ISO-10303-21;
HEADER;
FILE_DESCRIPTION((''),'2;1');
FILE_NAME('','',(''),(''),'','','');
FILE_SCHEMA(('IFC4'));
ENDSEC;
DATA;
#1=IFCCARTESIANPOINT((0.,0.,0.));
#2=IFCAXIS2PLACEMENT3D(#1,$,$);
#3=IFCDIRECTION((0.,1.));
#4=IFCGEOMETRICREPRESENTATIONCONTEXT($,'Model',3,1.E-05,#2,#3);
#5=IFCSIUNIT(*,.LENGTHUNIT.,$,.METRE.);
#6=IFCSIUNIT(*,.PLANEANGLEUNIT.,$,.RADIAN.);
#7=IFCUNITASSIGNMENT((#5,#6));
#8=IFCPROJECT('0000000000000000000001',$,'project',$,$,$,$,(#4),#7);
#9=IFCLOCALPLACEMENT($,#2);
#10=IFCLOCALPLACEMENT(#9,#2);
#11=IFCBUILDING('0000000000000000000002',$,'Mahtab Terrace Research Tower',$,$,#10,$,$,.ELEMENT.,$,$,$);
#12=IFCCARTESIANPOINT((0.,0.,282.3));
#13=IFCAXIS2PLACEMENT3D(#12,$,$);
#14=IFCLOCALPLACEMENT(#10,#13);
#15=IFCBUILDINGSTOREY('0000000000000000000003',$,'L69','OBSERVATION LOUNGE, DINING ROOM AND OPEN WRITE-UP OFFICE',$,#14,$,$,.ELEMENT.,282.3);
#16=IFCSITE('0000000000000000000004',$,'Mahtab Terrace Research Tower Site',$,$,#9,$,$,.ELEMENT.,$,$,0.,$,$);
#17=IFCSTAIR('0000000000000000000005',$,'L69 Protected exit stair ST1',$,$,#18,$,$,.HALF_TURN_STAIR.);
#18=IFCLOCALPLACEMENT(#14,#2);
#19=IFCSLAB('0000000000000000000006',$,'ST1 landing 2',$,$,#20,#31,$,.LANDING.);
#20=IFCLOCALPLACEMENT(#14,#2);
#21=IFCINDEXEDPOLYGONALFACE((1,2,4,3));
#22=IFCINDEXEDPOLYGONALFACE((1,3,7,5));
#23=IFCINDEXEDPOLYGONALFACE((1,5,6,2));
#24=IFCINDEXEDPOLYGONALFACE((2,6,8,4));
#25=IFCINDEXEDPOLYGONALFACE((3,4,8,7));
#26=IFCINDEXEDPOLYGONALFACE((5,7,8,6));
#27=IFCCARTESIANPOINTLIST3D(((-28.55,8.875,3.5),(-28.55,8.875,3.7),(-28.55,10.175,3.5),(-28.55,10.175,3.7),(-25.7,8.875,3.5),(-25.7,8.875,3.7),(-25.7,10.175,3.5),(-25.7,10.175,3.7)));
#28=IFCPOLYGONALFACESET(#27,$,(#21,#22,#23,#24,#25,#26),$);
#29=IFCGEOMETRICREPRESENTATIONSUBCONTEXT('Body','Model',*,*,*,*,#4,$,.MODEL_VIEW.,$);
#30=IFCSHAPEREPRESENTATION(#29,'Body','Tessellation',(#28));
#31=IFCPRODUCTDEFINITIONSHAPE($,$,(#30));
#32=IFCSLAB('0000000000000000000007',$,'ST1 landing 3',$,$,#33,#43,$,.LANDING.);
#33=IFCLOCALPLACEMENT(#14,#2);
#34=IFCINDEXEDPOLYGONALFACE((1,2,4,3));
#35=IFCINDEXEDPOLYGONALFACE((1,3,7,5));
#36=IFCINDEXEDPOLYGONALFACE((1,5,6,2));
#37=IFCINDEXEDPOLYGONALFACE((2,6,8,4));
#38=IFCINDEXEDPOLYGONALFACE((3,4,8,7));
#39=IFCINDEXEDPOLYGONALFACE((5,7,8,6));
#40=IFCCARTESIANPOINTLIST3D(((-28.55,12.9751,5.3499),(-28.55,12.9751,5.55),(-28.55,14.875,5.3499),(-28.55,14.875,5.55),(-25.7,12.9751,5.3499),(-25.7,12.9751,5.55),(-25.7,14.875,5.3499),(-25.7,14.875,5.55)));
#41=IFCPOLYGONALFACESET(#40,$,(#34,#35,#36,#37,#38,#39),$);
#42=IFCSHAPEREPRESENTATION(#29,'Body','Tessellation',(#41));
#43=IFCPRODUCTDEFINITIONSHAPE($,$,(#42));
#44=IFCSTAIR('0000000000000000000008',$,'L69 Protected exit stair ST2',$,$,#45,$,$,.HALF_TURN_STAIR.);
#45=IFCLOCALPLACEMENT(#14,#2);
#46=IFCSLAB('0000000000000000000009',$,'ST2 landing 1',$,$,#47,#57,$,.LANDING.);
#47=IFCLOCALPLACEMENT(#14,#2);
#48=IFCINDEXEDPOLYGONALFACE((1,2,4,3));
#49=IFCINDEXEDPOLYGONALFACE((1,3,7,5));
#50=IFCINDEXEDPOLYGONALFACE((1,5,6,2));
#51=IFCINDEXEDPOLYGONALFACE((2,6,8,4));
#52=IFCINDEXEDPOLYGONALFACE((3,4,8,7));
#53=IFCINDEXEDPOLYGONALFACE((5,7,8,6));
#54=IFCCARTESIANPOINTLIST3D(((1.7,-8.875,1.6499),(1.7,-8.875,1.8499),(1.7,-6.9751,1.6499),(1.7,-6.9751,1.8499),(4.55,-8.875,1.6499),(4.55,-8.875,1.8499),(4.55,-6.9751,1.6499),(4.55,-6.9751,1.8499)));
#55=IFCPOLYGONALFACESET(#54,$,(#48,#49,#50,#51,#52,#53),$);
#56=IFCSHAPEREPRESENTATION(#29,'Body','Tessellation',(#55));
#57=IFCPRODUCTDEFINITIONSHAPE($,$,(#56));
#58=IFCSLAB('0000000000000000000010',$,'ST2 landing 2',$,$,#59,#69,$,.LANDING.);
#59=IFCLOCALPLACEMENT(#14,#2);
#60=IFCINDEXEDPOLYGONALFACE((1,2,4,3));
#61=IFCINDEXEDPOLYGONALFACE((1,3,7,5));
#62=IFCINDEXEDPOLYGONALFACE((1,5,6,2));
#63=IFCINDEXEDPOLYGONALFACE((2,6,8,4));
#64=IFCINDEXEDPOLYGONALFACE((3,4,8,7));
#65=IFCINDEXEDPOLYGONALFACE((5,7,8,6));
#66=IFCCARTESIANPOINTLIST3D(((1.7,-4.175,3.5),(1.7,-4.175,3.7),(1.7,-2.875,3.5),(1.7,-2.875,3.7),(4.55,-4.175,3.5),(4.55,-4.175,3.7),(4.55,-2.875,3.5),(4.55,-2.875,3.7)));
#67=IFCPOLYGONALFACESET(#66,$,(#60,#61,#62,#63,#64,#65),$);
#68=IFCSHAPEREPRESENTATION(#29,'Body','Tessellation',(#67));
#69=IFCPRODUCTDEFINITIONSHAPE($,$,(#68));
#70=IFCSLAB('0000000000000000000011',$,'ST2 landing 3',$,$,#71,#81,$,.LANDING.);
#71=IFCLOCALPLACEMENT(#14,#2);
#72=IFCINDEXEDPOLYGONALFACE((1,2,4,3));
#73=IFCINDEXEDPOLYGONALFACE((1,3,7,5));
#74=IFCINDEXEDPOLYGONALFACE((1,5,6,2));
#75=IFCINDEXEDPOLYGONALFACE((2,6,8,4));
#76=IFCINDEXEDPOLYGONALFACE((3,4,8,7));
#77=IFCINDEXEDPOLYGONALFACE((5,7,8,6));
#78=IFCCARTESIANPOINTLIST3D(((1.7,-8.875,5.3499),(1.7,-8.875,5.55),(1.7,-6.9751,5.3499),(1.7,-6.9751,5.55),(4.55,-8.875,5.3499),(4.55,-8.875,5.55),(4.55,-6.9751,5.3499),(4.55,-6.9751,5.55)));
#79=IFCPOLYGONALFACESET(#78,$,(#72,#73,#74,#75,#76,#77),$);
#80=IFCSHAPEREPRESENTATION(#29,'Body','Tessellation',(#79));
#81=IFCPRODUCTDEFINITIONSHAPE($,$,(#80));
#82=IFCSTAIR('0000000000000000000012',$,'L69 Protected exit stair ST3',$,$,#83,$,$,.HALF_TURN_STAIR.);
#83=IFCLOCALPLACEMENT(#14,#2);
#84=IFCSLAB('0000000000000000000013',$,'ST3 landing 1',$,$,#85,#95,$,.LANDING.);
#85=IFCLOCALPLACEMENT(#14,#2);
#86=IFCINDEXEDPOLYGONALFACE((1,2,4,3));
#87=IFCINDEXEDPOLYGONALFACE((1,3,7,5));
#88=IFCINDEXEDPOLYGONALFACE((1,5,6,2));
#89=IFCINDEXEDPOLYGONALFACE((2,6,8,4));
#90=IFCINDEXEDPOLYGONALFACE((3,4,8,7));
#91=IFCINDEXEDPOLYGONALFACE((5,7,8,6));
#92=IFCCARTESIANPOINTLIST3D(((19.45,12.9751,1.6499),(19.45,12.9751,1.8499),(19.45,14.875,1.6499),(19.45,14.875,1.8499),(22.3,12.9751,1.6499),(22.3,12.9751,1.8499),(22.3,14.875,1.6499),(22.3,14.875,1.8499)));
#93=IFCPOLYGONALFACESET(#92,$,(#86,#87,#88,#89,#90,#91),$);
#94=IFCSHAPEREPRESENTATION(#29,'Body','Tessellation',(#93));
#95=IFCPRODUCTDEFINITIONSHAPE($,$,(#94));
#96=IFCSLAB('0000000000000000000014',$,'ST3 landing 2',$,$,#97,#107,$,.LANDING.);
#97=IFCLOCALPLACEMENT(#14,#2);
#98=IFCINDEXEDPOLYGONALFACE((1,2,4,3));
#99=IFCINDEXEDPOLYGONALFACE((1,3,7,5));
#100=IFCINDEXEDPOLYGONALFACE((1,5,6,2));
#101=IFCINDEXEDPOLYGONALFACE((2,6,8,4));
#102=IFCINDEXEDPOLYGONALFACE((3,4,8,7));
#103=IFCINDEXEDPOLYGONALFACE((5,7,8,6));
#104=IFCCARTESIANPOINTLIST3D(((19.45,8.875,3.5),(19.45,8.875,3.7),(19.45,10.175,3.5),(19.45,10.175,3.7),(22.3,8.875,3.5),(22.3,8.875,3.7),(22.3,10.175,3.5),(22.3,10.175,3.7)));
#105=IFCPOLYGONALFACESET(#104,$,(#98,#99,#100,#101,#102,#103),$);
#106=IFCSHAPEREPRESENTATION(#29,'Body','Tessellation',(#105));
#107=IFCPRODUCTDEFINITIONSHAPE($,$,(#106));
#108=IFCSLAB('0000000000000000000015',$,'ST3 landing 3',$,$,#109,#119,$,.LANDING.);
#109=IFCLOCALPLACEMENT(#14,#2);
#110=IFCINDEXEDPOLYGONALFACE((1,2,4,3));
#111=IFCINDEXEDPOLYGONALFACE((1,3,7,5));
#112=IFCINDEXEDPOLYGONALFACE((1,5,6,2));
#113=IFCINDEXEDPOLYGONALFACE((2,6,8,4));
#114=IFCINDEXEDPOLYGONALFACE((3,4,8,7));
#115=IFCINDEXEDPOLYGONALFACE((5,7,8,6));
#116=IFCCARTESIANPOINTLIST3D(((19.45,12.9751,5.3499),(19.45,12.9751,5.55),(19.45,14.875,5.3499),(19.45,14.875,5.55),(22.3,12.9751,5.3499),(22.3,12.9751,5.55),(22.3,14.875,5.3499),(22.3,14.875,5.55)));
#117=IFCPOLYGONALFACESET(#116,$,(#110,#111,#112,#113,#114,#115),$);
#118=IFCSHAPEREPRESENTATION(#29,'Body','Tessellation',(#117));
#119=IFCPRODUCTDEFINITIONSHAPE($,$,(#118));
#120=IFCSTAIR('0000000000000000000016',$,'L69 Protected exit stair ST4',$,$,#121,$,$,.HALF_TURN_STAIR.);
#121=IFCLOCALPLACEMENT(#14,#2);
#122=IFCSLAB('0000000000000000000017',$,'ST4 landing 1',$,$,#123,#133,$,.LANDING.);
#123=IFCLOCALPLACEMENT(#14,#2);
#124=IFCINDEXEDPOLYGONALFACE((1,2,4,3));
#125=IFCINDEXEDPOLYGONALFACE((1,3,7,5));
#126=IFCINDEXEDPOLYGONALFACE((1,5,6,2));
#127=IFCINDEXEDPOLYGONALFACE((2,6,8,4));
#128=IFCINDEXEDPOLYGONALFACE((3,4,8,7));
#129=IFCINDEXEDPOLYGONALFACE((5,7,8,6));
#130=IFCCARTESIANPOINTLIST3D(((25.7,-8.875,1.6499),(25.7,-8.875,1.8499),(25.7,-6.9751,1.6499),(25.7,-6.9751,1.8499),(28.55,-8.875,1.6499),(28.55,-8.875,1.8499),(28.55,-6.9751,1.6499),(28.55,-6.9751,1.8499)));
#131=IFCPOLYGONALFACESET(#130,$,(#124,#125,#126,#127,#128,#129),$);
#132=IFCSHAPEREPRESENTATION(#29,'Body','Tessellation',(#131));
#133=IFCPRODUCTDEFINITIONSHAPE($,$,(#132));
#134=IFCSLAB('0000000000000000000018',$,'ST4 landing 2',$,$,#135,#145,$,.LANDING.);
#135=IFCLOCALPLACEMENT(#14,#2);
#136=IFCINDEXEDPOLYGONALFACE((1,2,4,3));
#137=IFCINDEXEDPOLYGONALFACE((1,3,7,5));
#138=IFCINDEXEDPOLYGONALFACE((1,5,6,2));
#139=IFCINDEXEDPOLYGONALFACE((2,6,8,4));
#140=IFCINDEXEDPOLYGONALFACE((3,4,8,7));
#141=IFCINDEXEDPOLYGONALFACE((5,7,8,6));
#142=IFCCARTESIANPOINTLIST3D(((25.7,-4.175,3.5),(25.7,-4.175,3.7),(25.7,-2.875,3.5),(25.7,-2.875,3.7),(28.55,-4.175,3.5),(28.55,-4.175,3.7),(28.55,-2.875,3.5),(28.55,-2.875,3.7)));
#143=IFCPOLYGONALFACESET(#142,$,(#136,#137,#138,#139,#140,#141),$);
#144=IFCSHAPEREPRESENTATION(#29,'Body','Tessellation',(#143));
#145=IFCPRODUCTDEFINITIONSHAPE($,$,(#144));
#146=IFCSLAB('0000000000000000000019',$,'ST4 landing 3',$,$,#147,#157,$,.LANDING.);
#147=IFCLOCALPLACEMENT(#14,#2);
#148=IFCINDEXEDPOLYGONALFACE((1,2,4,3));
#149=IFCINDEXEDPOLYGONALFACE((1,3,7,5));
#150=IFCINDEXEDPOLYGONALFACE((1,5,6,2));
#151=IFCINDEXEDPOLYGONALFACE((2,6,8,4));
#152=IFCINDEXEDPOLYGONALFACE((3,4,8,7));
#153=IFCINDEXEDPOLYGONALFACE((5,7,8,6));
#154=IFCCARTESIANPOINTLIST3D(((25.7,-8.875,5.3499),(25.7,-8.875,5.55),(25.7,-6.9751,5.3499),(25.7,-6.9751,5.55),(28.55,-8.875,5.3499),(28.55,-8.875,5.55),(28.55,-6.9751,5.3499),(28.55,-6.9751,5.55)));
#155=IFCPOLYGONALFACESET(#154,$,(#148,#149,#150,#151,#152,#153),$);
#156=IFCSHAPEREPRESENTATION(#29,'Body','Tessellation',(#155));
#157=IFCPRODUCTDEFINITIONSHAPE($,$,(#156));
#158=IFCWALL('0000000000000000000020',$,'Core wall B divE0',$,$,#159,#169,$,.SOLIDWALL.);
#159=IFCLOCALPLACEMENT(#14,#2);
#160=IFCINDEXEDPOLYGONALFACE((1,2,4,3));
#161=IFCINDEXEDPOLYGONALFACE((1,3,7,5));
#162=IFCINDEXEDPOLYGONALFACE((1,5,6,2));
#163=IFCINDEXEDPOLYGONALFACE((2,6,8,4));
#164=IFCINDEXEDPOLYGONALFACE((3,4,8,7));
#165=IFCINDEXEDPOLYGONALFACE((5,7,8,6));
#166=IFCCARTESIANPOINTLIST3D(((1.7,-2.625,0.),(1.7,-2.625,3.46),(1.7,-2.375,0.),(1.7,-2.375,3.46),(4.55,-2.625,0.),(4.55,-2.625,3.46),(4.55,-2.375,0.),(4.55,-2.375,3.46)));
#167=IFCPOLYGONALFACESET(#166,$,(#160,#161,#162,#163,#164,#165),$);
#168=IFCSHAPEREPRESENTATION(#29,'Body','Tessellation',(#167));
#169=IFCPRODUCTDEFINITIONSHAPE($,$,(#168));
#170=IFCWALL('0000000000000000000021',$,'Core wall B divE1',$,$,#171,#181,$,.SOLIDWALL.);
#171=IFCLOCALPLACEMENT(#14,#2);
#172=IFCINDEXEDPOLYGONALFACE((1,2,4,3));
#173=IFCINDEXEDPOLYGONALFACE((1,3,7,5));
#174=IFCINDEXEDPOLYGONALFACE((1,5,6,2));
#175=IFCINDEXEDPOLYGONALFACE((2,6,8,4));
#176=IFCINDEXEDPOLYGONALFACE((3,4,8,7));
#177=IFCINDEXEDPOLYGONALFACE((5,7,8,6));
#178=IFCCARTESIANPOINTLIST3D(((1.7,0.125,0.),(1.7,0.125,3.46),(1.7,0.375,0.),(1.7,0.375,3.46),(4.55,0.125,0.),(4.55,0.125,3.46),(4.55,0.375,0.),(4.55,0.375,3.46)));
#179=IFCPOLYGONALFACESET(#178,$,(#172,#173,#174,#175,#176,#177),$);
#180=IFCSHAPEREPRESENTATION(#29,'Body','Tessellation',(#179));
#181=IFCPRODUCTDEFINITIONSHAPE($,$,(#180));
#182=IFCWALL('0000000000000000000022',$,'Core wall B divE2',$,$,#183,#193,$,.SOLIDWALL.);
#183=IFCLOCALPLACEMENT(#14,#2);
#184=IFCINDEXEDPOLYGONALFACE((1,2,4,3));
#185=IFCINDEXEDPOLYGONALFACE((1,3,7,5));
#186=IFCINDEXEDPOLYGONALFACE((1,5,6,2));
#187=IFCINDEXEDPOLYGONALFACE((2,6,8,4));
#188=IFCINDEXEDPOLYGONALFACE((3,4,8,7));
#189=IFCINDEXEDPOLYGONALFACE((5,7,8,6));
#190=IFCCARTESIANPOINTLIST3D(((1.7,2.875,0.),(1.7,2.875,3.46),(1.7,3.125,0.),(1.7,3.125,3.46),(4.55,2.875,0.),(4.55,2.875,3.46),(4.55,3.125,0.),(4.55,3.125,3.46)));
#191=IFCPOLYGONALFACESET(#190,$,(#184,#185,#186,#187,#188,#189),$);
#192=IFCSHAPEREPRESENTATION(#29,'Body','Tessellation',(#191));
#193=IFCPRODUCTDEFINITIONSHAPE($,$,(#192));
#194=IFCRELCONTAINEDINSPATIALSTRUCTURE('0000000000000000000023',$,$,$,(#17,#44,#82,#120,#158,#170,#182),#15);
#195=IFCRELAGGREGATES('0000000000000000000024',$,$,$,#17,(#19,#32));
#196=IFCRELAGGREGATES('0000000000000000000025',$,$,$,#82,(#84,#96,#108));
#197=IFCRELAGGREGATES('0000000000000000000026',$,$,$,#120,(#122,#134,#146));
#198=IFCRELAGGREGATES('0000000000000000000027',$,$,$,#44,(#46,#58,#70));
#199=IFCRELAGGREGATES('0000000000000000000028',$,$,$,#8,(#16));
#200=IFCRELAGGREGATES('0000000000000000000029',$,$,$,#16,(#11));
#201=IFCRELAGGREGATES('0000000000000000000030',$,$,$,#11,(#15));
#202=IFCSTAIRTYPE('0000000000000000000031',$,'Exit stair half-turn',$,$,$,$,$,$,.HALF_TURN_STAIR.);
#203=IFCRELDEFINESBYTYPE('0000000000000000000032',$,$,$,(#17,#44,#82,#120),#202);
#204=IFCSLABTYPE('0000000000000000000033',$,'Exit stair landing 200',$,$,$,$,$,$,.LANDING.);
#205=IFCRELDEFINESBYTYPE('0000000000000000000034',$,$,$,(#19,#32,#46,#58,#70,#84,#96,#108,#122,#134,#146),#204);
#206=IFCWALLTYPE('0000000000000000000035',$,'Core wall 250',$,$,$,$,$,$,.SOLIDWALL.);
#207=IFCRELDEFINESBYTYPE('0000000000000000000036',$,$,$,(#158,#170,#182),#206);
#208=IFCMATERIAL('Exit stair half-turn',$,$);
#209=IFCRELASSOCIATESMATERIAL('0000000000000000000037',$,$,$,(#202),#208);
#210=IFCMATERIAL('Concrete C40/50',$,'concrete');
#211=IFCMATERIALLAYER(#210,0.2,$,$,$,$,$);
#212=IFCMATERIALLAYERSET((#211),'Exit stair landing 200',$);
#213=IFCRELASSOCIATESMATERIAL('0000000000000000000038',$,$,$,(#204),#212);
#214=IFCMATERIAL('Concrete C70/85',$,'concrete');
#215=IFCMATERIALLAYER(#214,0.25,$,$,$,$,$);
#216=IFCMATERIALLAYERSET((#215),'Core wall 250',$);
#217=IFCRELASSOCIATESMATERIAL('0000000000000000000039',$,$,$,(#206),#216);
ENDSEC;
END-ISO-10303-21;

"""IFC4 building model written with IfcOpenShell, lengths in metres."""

from ifc_helpers import new_model, si_unit, direction, frame, frame_2d, origin, place, context, subcontext, project, spatial, polyline, rectangle, outline, extrude, material, layer, layer_set, type_object, element, aggregate, save


model = new_model("IFC4")

# Units and contexts
model_context = context("Model", 3, precision=1e-05, world=origin(), true_north=direction((0.0, 1.0)))
body_context = subcontext(model_context, "Body", "Model", "MODEL_VIEW")
ifc_project = project(units=[si_unit("LENGTHUNIT", "METRE"), si_unit("PLANEANGLEUNIT", "RADIAN")], contexts=[model_context])

# Site, building, storey
site_placement = place(None, origin())
site = spatial("IfcSite", under=ifc_project, at=site_placement, Name="Mahtab Terrace Research Tower Site", CompositionType="ELEMENT", RefElevation=0.0)
building_placement = place(site_placement, origin())
building = spatial("IfcBuilding", under=site, at=building_placement, Name="Mahtab Terrace Research Tower", CompositionType="ELEMENT")
storey_placement = place(building_placement, frame((0.0, 0.0, 282.3)))
storey = spatial("IfcBuildingStorey", under=building, at=storey_placement, Name="L69", Description="OBSERVATION LOUNGE, DINING ROOM AND OPEN WRITE-UP OFFICE", CompositionType="ELEMENT", Elevation=282.3)

# Stairs, slabs
ifc_material_1 = material(Name="Exit stair half-turn")
stair_type = type_object("IfcStairType", Name="Exit stair half-turn", PredefinedType="HALF_TURN_STAIR", material=ifc_material_1)
stair_1_placement = place(storey_placement, origin())
stair_1 = element("IfcStair", 1, at=stair_1_placement, inside=storey, type_object=stair_type, Name="L69 Protected exit stair ST1", PredefinedType="HALF_TURN_STAIR")
ifc_material_2 = material(Name="Concrete C40/50", Category="concrete")
ifc_layer_1 = layer(ifc_material_2, 0.2)
ifc_layer_set_1 = layer_set([ifc_layer_1], Name="Exit stair landing 200")
slab_type = type_object("IfcSlabType", Name="Exit stair landing 200", PredefinedType="LANDING", material=ifc_layer_set_1)
slab_1_placement = place(storey_placement, frame((0.0, 0.0, 3.5)))
slab_1 = element("IfcSlab", 2, at=slab_1_placement, type_object=slab_type, Name="ST1 landing 2", PredefinedType="LANDING", context=body_context, shape_type="SweptSolid", body=[
    extrude(outline(polyline([(-25.7, 8.875), (-25.7, 10.175), (-28.55, 10.175), (-28.55, 8.875), (-25.7, 8.875)])), origin(), (0.0, 0.0, 1.0), 0.2),
])
slab_2_placement = place(storey_placement, frame((0.0, 0.0, 5.3499)))
slab_2 = element("IfcSlab", 3, at=slab_2_placement, type_object=slab_type, Name="ST1 landing 3", PredefinedType="LANDING", context=body_context, shape_type="SweptSolid", body=[
    extrude(outline(polyline([(-25.7, 12.9751), (-25.7, 14.875), (-28.55, 14.875), (-28.55, 12.9751), (-25.7, 12.9751)])), origin(), (0.0, 0.0, 1.0), 0.2002),
])
aggregate(stair_1, [slab_1, slab_2])
stair_2_placement = place(storey_placement, origin())
stair_2 = element("IfcStair", 4, at=stair_2_placement, inside=storey, type_object=stair_type, Name="L69 Protected exit stair ST2", PredefinedType="HALF_TURN_STAIR")
slab_3_placement = place(storey_placement, frame((0.0, 0.0, 1.6499)))
slab_3 = element("IfcSlab", 5, at=slab_3_placement, type_object=slab_type, Name="ST2 landing 1", PredefinedType="LANDING", context=body_context, shape_type="SweptSolid", body=[
    extrude(outline(polyline([(1.7, -6.9751), (1.7, -8.875), (4.55, -8.875), (4.55, -6.9751), (1.7, -6.9751)])), origin(), (0.0, 0.0, 1.0), 0.2),
])
slab_4_placement = place(storey_placement, frame((0.0, 0.0, 3.5)))
slab_4 = element("IfcSlab", 6, at=slab_4_placement, type_object=slab_type, Name="ST2 landing 2", PredefinedType="LANDING", context=body_context, shape_type="SweptSolid", body=[
    extrude(outline(polyline([(1.7, -2.875), (1.7, -4.175), (4.55, -4.175), (4.55, -2.875), (1.7, -2.875)])), origin(), (0.0, 0.0, 1.0), 0.2),
])
slab_5_placement = place(storey_placement, frame((0.0, 0.0, 5.3499)))
slab_5 = element("IfcSlab", 7, at=slab_5_placement, type_object=slab_type, Name="ST2 landing 3", PredefinedType="LANDING", context=body_context, shape_type="SweptSolid", body=[
    extrude(outline(polyline([(1.7, -6.9751), (1.7, -8.875), (4.55, -8.875), (4.55, -6.9751), (1.7, -6.9751)])), origin(), (0.0, 0.0, 1.0), 0.2002),
])
stair_3_placement = place(storey_placement, origin())
stair_3 = element("IfcStair", 8, at=stair_3_placement, inside=storey, type_object=stair_type, Name="L69 Protected exit stair ST3", PredefinedType="HALF_TURN_STAIR")
slab_6_placement = place(storey_placement, frame((0.0, 0.0, 1.6499)))
slab_6 = element("IfcSlab", 9, at=slab_6_placement, type_object=slab_type, Name="ST3 landing 1", PredefinedType="LANDING", context=body_context, shape_type="SweptSolid", body=[
    extrude(outline(polyline([(22.3, 12.9751), (22.3, 14.875), (19.45, 14.875), (19.45, 12.9751), (22.3, 12.9751)])), origin(), (0.0, 0.0, 1.0), 0.2),
])
slab_7_placement = place(storey_placement, frame((0.0, 0.0, 3.5)))
slab_7 = element("IfcSlab", 10, at=slab_7_placement, type_object=slab_type, Name="ST3 landing 2", PredefinedType="LANDING", context=body_context, shape_type="SweptSolid", body=[
    extrude(outline(polyline([(22.3, 8.875), (22.3, 10.175), (19.45, 10.175), (19.45, 8.875), (22.3, 8.875)])), origin(), (0.0, 0.0, 1.0), 0.2),
])
slab_8_placement = place(storey_placement, frame((0.0, 0.0, 5.3499)))
slab_8 = element("IfcSlab", 11, at=slab_8_placement, type_object=slab_type, Name="ST3 landing 3", PredefinedType="LANDING", context=body_context, shape_type="SweptSolid", body=[
    extrude(outline(polyline([(22.3, 12.9751), (22.3, 14.875), (19.45, 14.875), (19.45, 12.9751), (22.3, 12.9751)])), origin(), (0.0, 0.0, 1.0), 0.2002),
])
aggregate(stair_3, [slab_6, slab_7, slab_8])
stair_4_placement = place(storey_placement, origin())
stair_4 = element("IfcStair", 12, at=stair_4_placement, inside=storey, type_object=stair_type, Name="L69 Protected exit stair ST4", PredefinedType="HALF_TURN_STAIR")
slab_9_placement = place(storey_placement, frame((0.0, 0.0, 1.6499)))
slab_9 = element("IfcSlab", 13, at=slab_9_placement, type_object=slab_type, Name="ST4 landing 1", PredefinedType="LANDING", context=body_context, shape_type="SweptSolid", body=[
    extrude(outline(polyline([(25.7, -6.9751), (25.7, -8.875), (28.55, -8.875), (28.55, -6.9751), (25.7, -6.9751)])), origin(), (0.0, 0.0, 1.0), 0.2),
])
slab_10_placement = place(storey_placement, frame((0.0, 0.0, 3.5)))
slab_10 = element("IfcSlab", 14, at=slab_10_placement, type_object=slab_type, Name="ST4 landing 2", PredefinedType="LANDING", context=body_context, shape_type="SweptSolid", body=[
    extrude(outline(polyline([(25.7, -2.875), (25.7, -4.175), (28.55, -4.175), (28.55, -2.875), (25.7, -2.875)])), origin(), (0.0, 0.0, 1.0), 0.2),
])
slab_11_placement = place(storey_placement, frame((0.0, 0.0, 5.3499)))
slab_11 = element("IfcSlab", 15, at=slab_11_placement, type_object=slab_type, Name="ST4 landing 3", PredefinedType="LANDING", context=body_context, shape_type="SweptSolid", body=[
    extrude(outline(polyline([(25.7, -6.9751), (25.7, -8.875), (28.55, -8.875), (28.55, -6.9751), (25.7, -6.9751)])), origin(), (0.0, 0.0, 1.0), 0.2002),
])
aggregate(stair_4, [slab_9, slab_10, slab_11])

# Walls
ifc_material_3 = material(Name="Concrete C70/85", Category="concrete")
ifc_layer_2 = layer(ifc_material_3, 0.25)
ifc_layer_set_2 = layer_set([ifc_layer_2], Name="Core wall 250")
wall_type = type_object("IfcWallType", Name="Core wall 250", PredefinedType="SOLIDWALL", material=ifc_layer_set_2)
for number, where, z_axis, x_axis, name in (
    (16, (1.7, -2.5, 0.0), (0.0, 0.0, 1.0), (1.0, 0.0, 0.0), "Core wall B divE0"),
    (17, (1.7, 0.25, 0.0), (0.0, 0.0, 1.0), (1.0, 0.0, 0.0), "Core wall B divE1"),
    (18, (1.7, 3.0, 0.0), (0.0, 0.0, 1.0), (1.0, 0.0, 0.0), "Core wall B divE2"),
):
    element("IfcWall", number, at=place(storey_placement, frame(where, z_axis=z_axis, x_axis=x_axis)), inside=storey, type_object=wall_type, Name=name, PredefinedType="SOLIDWALL", context=body_context, shape_type="SweptSolid", body=[
        extrude(rectangle(XDim=2.8501, YDim=0.25, at=frame_2d((1.425, 0.0))), origin(), (0.0, 0.0, 1.0), 3.46),
    ])

aggregate(stair_2, [slab_3, slab_4, slab_5])

save(model, "model.ifc")
